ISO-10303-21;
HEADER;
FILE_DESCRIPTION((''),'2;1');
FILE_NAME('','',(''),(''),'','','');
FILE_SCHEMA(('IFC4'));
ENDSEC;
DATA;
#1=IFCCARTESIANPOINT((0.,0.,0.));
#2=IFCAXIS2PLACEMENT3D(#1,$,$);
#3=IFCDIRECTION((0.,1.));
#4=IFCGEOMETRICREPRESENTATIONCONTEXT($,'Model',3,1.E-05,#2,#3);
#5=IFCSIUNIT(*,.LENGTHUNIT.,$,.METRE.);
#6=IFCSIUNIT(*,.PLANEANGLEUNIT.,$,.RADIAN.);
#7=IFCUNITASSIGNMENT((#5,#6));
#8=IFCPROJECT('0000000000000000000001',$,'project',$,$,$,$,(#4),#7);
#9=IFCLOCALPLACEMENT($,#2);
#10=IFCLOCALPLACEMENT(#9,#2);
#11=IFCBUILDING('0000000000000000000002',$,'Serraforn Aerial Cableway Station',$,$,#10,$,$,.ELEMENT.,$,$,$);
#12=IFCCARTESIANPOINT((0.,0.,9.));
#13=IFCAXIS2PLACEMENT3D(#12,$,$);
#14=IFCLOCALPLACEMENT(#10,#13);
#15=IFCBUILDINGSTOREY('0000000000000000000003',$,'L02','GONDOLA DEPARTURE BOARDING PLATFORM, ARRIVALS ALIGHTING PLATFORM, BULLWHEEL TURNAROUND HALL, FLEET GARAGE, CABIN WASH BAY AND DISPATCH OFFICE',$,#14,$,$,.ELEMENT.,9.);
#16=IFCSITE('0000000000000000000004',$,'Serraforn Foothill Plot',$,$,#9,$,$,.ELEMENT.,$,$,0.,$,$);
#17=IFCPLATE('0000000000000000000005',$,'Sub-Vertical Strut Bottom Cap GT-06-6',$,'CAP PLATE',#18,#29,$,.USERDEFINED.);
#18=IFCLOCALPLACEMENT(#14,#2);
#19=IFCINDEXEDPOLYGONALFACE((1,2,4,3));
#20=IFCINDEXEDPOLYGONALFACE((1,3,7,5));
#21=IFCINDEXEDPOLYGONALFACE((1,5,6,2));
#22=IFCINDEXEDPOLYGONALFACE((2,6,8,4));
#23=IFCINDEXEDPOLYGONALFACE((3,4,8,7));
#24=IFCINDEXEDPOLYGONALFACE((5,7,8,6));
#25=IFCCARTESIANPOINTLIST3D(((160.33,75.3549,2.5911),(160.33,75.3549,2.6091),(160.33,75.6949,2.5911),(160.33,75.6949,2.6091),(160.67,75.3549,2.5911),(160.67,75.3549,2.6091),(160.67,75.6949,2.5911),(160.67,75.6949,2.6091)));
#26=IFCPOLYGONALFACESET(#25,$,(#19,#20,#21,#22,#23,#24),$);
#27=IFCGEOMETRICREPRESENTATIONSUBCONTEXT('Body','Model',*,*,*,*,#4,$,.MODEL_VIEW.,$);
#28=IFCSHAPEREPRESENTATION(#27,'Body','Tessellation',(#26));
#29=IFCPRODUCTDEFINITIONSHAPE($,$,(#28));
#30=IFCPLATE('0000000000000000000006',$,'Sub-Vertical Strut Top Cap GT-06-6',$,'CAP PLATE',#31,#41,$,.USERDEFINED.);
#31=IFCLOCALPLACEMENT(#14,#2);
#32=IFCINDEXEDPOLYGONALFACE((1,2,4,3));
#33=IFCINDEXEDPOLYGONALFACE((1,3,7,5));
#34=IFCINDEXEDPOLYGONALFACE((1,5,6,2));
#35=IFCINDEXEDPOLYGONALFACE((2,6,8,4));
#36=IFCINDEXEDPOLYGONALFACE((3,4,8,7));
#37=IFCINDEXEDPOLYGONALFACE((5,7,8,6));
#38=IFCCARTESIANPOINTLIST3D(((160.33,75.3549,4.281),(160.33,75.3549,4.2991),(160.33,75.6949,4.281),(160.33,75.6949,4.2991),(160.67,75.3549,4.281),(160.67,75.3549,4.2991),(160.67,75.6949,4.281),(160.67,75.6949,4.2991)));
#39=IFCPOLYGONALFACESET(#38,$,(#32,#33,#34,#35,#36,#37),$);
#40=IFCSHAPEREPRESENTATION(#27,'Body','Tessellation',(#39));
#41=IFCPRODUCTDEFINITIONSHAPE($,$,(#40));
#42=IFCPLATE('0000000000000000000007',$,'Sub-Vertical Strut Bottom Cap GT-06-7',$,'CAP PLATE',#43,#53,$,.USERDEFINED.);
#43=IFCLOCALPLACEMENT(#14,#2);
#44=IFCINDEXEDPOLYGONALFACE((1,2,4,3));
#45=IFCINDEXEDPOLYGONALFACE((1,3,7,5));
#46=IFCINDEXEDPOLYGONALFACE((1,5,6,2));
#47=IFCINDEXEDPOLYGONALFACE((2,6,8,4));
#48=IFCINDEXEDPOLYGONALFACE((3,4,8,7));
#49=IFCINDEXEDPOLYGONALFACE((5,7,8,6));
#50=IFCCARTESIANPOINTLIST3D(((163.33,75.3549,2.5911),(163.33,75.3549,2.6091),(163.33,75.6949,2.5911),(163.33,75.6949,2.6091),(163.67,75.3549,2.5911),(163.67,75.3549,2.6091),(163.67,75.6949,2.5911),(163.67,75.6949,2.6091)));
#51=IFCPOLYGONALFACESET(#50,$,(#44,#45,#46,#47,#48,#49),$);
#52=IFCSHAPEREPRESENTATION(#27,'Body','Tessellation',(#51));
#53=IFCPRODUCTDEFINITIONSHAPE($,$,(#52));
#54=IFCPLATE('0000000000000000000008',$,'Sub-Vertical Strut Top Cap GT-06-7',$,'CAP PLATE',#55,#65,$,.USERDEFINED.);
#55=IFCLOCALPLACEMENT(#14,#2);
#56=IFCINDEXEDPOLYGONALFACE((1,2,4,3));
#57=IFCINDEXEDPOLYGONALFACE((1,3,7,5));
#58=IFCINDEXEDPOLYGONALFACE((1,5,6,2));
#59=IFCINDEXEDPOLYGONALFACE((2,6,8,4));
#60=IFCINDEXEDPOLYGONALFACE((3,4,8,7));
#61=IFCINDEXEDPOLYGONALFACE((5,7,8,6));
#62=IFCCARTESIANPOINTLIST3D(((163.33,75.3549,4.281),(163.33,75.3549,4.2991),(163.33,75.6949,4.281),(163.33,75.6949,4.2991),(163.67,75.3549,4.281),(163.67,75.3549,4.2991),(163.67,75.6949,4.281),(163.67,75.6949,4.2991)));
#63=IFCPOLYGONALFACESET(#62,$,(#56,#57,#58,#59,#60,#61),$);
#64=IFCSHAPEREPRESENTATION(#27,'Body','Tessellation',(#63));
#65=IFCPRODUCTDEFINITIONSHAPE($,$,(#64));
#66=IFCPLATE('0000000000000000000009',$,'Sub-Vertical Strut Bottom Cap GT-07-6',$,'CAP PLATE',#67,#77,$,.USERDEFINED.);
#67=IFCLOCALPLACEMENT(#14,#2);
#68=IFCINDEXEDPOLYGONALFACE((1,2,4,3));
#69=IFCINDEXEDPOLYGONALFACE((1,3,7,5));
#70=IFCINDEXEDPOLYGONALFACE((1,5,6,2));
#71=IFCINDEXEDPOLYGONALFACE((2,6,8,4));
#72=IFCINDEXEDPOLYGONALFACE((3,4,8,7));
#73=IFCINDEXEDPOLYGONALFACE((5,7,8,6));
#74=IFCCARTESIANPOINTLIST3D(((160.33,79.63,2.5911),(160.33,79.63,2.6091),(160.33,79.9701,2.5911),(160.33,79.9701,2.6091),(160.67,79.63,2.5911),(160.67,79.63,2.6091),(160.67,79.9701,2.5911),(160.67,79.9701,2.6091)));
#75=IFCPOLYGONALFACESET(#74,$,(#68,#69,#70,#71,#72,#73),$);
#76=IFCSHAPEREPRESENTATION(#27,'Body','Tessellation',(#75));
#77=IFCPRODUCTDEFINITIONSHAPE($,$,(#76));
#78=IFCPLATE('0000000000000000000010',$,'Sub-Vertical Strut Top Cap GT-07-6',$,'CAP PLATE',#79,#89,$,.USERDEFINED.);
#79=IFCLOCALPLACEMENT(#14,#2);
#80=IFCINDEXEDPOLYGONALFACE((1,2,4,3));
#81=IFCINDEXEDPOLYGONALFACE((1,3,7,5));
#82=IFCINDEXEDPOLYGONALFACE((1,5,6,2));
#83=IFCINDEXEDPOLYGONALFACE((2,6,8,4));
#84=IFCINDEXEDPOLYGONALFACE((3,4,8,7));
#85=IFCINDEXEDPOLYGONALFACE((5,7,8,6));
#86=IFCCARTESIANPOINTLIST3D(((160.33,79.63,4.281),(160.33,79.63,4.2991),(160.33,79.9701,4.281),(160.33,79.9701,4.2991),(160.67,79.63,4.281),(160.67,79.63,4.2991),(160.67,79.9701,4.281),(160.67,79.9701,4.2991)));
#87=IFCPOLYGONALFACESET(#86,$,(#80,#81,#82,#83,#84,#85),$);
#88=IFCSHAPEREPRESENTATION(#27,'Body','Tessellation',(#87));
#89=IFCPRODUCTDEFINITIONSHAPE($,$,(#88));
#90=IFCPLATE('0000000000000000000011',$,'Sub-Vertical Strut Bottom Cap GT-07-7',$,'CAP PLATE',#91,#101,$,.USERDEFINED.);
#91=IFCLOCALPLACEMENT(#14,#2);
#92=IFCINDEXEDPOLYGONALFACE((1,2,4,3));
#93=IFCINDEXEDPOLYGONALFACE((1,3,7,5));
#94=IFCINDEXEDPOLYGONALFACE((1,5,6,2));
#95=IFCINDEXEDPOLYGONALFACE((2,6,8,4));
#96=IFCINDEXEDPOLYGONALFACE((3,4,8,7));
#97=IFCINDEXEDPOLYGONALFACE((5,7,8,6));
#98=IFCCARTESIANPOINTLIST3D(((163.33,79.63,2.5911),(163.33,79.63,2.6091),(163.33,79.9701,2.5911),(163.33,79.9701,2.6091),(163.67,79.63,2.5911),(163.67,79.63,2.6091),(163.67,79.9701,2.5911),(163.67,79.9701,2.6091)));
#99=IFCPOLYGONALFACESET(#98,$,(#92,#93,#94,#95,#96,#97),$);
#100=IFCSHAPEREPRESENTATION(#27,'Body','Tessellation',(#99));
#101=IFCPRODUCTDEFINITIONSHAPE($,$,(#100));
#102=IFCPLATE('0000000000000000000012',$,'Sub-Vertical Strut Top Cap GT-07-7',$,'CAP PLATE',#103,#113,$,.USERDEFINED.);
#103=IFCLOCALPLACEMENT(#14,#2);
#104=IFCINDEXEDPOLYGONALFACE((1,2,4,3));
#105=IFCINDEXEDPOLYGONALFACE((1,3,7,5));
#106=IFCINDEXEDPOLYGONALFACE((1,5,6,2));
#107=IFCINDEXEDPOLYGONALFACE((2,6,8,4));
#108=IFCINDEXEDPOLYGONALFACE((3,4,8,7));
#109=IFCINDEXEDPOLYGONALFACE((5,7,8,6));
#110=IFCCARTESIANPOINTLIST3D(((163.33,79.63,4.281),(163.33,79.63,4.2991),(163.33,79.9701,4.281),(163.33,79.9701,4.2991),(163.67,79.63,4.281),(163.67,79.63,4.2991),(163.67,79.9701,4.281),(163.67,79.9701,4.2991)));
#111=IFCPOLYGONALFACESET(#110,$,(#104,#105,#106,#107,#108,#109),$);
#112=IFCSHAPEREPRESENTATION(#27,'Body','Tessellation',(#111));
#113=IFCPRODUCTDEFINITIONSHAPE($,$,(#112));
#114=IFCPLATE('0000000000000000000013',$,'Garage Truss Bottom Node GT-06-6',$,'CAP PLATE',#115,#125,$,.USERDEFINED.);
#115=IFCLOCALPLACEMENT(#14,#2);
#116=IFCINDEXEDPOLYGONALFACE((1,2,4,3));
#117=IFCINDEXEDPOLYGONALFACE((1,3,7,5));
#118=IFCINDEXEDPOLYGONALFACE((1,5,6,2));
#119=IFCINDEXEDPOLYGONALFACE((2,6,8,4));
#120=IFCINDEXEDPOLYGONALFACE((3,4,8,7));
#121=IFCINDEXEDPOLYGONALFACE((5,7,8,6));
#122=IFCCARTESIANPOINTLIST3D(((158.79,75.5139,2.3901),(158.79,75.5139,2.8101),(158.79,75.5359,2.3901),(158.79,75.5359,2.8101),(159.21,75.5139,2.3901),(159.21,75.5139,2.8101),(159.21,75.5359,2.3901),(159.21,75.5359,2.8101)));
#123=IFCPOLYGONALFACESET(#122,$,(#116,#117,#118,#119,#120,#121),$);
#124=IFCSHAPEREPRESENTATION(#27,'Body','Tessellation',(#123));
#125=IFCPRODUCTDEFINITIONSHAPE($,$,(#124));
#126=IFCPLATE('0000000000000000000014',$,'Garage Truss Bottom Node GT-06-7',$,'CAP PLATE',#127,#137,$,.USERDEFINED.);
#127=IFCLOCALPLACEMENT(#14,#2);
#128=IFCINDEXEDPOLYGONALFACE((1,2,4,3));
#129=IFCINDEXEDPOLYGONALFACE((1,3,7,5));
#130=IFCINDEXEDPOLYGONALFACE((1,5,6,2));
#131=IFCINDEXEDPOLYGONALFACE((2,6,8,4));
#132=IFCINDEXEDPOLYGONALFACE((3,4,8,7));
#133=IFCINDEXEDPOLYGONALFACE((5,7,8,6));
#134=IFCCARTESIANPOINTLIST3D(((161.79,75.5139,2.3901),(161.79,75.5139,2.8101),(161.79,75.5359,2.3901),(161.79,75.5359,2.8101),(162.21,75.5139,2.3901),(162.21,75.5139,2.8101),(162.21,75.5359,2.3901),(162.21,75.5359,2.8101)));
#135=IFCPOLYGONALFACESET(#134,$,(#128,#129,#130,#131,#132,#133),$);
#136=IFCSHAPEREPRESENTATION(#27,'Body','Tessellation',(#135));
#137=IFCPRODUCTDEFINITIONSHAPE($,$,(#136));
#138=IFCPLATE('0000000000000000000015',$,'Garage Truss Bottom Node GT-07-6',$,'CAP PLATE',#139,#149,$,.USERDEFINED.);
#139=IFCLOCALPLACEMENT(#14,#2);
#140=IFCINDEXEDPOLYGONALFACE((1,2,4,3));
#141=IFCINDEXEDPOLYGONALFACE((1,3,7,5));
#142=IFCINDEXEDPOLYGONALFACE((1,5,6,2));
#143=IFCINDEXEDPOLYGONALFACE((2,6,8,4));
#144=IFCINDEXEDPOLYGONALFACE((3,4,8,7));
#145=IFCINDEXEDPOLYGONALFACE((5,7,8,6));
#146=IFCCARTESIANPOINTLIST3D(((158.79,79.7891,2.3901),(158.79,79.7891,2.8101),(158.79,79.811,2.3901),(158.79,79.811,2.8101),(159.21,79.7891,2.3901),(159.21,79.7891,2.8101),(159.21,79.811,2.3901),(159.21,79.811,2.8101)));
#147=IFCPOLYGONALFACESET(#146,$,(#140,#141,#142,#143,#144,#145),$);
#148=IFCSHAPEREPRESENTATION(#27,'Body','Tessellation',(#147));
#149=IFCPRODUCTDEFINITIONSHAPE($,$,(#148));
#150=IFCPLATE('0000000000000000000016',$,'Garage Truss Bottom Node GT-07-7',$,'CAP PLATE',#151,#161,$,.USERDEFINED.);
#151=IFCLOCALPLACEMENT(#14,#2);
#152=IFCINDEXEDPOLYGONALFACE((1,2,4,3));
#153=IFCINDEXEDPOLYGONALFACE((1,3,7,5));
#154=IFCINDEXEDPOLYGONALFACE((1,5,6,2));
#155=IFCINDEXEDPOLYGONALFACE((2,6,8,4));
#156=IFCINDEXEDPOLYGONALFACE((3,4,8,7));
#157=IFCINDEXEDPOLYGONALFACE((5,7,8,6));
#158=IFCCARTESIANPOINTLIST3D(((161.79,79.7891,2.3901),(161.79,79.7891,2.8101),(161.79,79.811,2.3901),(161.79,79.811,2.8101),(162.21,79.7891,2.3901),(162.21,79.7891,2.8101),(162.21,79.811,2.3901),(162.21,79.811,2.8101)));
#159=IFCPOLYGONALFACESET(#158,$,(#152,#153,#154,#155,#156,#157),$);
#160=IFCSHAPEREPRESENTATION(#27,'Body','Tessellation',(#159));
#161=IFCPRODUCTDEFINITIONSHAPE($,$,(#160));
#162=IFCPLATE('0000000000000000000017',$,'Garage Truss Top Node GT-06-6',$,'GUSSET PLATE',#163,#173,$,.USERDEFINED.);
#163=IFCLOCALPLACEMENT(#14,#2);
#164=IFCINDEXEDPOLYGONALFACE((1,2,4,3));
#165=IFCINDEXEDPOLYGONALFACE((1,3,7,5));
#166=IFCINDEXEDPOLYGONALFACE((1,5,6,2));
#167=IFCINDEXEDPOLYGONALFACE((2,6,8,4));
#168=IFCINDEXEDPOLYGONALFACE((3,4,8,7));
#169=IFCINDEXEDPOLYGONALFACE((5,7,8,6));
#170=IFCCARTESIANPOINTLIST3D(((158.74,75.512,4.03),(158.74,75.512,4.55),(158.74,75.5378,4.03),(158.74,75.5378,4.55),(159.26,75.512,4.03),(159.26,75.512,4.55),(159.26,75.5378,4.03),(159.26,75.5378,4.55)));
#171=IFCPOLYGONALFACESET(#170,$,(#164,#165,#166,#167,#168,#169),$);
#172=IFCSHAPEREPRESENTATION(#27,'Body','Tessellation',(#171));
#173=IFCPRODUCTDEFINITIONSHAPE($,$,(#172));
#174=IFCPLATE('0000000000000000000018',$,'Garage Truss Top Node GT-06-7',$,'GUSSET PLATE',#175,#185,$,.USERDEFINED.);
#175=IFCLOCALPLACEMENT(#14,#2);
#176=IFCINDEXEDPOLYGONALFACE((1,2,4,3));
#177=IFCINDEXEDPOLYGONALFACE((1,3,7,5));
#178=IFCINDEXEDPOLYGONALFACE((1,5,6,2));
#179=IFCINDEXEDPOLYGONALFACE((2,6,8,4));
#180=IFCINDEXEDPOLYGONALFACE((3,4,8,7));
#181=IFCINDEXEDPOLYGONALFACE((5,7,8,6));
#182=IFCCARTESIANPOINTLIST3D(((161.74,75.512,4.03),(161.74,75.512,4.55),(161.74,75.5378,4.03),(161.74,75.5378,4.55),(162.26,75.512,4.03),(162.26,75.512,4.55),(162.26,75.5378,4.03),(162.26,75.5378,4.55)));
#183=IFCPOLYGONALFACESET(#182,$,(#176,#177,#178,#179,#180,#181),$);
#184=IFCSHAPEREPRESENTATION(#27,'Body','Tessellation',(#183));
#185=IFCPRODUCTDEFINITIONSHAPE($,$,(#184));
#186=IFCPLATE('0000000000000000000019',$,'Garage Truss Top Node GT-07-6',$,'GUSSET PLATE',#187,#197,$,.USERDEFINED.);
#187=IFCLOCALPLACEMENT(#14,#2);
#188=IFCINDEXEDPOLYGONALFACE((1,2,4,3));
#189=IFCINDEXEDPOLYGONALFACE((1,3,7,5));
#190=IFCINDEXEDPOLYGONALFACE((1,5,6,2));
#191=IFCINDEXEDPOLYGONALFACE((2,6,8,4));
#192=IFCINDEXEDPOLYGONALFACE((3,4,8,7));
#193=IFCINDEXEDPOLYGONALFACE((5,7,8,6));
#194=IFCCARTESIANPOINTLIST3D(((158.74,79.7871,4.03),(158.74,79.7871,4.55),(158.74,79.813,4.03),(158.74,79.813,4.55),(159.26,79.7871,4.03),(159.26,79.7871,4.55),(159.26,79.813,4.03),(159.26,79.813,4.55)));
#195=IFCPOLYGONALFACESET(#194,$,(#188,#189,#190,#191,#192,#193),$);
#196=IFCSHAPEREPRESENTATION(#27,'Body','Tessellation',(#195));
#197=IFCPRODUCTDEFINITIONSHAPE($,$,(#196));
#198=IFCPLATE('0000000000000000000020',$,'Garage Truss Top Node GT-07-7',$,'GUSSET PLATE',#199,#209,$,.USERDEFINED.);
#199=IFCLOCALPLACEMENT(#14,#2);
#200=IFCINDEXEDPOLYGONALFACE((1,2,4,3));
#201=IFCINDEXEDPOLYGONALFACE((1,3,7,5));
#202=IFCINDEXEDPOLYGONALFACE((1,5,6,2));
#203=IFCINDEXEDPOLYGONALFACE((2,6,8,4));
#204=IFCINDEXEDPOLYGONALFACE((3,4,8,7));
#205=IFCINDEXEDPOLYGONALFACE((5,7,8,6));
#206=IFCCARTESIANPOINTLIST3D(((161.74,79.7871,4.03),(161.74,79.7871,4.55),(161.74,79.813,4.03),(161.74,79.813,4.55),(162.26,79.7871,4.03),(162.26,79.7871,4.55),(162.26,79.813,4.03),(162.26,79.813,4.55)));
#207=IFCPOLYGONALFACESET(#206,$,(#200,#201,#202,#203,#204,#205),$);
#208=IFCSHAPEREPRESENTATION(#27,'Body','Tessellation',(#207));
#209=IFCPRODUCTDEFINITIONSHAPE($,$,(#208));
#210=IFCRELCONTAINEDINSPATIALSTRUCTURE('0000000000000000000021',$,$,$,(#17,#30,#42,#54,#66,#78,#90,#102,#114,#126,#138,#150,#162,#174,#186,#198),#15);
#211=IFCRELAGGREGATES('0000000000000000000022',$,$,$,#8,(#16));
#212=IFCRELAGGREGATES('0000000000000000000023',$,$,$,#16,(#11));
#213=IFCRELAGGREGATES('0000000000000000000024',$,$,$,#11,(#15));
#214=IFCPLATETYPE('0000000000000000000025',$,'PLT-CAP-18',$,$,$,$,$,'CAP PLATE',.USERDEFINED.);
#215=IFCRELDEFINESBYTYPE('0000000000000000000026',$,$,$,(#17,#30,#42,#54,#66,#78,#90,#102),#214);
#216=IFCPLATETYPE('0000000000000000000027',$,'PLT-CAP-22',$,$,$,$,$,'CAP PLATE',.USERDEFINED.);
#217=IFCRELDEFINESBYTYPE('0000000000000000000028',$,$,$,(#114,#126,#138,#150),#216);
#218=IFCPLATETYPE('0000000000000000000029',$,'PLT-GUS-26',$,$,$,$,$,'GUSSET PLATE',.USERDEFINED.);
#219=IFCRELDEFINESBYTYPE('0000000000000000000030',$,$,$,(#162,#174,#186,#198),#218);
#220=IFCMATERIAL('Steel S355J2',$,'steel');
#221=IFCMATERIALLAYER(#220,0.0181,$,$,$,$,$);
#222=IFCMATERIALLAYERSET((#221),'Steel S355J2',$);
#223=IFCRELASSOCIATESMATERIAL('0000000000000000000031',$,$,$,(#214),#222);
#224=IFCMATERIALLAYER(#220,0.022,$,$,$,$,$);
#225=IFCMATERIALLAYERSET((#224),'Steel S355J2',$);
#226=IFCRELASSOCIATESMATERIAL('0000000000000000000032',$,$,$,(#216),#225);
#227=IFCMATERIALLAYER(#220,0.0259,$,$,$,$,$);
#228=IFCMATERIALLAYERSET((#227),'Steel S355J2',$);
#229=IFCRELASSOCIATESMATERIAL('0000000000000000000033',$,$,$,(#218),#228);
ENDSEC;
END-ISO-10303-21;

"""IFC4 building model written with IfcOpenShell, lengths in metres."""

from ifc_helpers import new_model, si_unit, direction, frame, origin, origin_2d, place, context, subcontext, project, spatial, rectangle, extrude, material, layer, layer_set, type_object, element, save


model = new_model("IFC4")

# Units and contexts
model_context = context("Model", 3, precision=1e-05, world=origin(), true_north=direction((0.0, 1.0)))
body_context = subcontext(model_context, "Body", "Model", "MODEL_VIEW")
ifc_project = project(units=[si_unit("LENGTHUNIT", "METRE"), si_unit("PLANEANGLEUNIT", "RADIAN")], contexts=[model_context])

# Site, building, storey
site_placement = place(None, origin())
site = spatial("IfcSite", under=ifc_project, at=site_placement, Name="Serraforn Foothill Plot", CompositionType="ELEMENT", RefElevation=0.0)
building_placement = place(site_placement, origin())
building = spatial("IfcBuilding", under=site, at=building_placement, Name="Serraforn Aerial Cableway Station", CompositionType="ELEMENT")
storey_placement = place(building_placement, frame((0.0, 0.0, 9.0)))
storey = spatial("IfcBuildingStorey", under=building, at=storey_placement, Name="L02", Description="GONDOLA DEPARTURE BOARDING PLATFORM, ARRIVALS ALIGHTING PLATFORM, BULLWHEEL TURNAROUND HALL, FLEET GARAGE, CABIN WASH BAY AND DISPATCH OFFICE", CompositionType="ELEMENT", Elevation=9.0)

# Shared definitions
ifc_material_1 = material(Name="Steel S355J2", Category="steel")

# Plates
ifc_layer_1 = layer(ifc_material_1, 0.0181)
ifc_layer_set_1 = layer_set([ifc_layer_1], Name="Steel S355J2")
plate_type_1 = type_object("IfcPlateType", Name="PLT-CAP-18", ElementType="CAP PLATE", PredefinedType="USERDEFINED", material=ifc_layer_set_1)
for number, where, z_axis, x_axis, name in (
    (1, (160.5, 75.5249, 2.5911), (0.0, 0.0, 1.0), (1.0, 0.0, 0.0), "Sub-Vertical Strut Bottom Cap GT-06-6"),
    (2, (160.5, 75.5249, 4.281), (0.0, 0.0, 1.0), (1.0, 0.0, 0.0), "Sub-Vertical Strut Top Cap GT-06-6"),
    (3, (163.5, 75.5249, 2.5911), (0.0, 0.0, 1.0), (1.0, 0.0, 0.0), "Sub-Vertical Strut Bottom Cap GT-06-7"),
    (4, (163.5, 75.5249, 4.281), (0.0, 0.0, 1.0), (1.0, 0.0, 0.0), "Sub-Vertical Strut Top Cap GT-06-7"),
    (5, (160.5, 79.8, 2.5911), (0.0, 0.0, 1.0), (1.0, 0.0, 0.0), "Sub-Vertical Strut Bottom Cap GT-07-6"),
    (6, (160.5, 79.8, 4.281), (0.0, 0.0, 1.0), (1.0, 0.0, 0.0), "Sub-Vertical Strut Top Cap GT-07-6"),
    (7, (163.5, 79.8, 2.5911), (0.0, 0.0, 1.0), (1.0, 0.0, 0.0), "Sub-Vertical Strut Bottom Cap GT-07-7"),
    (8, (163.5, 79.8, 4.281), (0.0, 0.0, 1.0), (1.0, 0.0, 0.0), "Sub-Vertical Strut Top Cap GT-07-7"),
):
    element("IfcPlate", number, at=place(storey_placement, frame(where, z_axis=z_axis, x_axis=x_axis)), inside=storey, type_object=plate_type_1, Name=name, ObjectType="CAP PLATE", PredefinedType="USERDEFINED", context=body_context, shape_type="SweptSolid", body=[
        extrude(rectangle(XDim=0.3401, YDim=0.3401, at=origin_2d()), origin(), (0.0, 0.0, 1.0), 0.0181),
    ])
ifc_layer_2 = layer(ifc_material_1, 0.022)
ifc_layer_set_2 = layer_set([ifc_layer_2], Name="Steel S355J2")
plate_type_2 = type_object("IfcPlateType", Name="PLT-CAP-22", ElementType="CAP PLATE", PredefinedType="USERDEFINED", material=ifc_layer_set_2)
for number, where, z_axis, x_axis, name in (
    (9, (159.0, 75.5249, 2.3901), (0.0, 0.0, 1.0), (1.0, 0.0, 0.0), "Garage Truss Bottom Node GT-06-6"),
    (10, (162.0, 75.5249, 2.3901), (0.0, 0.0, 1.0), (1.0, 0.0, 0.0), "Garage Truss Bottom Node GT-06-7"),
    (11, (159.0, 79.8, 2.3901), (0.0, 0.0, 1.0), (1.0, 0.0, 0.0), "Garage Truss Bottom Node GT-07-6"),
    (12, (162.0, 79.8, 2.3901), (0.0, 0.0, 1.0), (1.0, 0.0, 0.0), "Garage Truss Bottom Node GT-07-7"),
):
    element("IfcPlate", number, at=place(storey_placement, frame(where, z_axis=z_axis, x_axis=x_axis)), inside=storey, type_object=plate_type_2, Name=name, ObjectType="CAP PLATE", PredefinedType="USERDEFINED", context=body_context, shape_type="SweptSolid", body=[
        extrude(rectangle(XDim=0.4199, YDim=0.022, at=origin_2d()), origin(), (0.0, 0.0, 1.0), 0.4199),
    ])
ifc_layer_3 = layer(ifc_material_1, 0.0259)
ifc_layer_set_3 = layer_set([ifc_layer_3], Name="Steel S355J2")
plate_type_3 = type_object("IfcPlateType", Name="PLT-GUS-26", ElementType="GUSSET PLATE", PredefinedType="USERDEFINED", material=ifc_layer_set_3)
for number, where, z_axis, x_axis, name in (
    (13, (159.0, 75.5249, 4.03), (0.0, 0.0, 1.0), (1.0, 0.0, 0.0), "Garage Truss Top Node GT-06-6"),
    (14, (162.0, 75.5249, 4.03), (0.0, 0.0, 1.0), (1.0, 0.0, 0.0), "Garage Truss Top Node GT-06-7"),
    (15, (159.0, 79.8, 4.03), (0.0, 0.0, 1.0), (1.0, 0.0, 0.0), "Garage Truss Top Node GT-07-6"),
    (16, (162.0, 79.8, 4.03), (0.0, 0.0, 1.0), (1.0, 0.0, 0.0), "Garage Truss Top Node GT-07-7"),
):
    element("IfcPlate", number, at=place(storey_placement, frame(where, z_axis=z_axis, x_axis=x_axis)), inside=storey, type_object=plate_type_3, Name=name, ObjectType="GUSSET PLATE", PredefinedType="USERDEFINED", context=body_context, shape_type="SweptSolid", body=[
        extrude(rectangle(XDim=0.52, YDim=0.0259, at=origin_2d()), origin(), (0.0, 0.0, 1.0), 0.52),
    ])

save(model, "model.ifc")
